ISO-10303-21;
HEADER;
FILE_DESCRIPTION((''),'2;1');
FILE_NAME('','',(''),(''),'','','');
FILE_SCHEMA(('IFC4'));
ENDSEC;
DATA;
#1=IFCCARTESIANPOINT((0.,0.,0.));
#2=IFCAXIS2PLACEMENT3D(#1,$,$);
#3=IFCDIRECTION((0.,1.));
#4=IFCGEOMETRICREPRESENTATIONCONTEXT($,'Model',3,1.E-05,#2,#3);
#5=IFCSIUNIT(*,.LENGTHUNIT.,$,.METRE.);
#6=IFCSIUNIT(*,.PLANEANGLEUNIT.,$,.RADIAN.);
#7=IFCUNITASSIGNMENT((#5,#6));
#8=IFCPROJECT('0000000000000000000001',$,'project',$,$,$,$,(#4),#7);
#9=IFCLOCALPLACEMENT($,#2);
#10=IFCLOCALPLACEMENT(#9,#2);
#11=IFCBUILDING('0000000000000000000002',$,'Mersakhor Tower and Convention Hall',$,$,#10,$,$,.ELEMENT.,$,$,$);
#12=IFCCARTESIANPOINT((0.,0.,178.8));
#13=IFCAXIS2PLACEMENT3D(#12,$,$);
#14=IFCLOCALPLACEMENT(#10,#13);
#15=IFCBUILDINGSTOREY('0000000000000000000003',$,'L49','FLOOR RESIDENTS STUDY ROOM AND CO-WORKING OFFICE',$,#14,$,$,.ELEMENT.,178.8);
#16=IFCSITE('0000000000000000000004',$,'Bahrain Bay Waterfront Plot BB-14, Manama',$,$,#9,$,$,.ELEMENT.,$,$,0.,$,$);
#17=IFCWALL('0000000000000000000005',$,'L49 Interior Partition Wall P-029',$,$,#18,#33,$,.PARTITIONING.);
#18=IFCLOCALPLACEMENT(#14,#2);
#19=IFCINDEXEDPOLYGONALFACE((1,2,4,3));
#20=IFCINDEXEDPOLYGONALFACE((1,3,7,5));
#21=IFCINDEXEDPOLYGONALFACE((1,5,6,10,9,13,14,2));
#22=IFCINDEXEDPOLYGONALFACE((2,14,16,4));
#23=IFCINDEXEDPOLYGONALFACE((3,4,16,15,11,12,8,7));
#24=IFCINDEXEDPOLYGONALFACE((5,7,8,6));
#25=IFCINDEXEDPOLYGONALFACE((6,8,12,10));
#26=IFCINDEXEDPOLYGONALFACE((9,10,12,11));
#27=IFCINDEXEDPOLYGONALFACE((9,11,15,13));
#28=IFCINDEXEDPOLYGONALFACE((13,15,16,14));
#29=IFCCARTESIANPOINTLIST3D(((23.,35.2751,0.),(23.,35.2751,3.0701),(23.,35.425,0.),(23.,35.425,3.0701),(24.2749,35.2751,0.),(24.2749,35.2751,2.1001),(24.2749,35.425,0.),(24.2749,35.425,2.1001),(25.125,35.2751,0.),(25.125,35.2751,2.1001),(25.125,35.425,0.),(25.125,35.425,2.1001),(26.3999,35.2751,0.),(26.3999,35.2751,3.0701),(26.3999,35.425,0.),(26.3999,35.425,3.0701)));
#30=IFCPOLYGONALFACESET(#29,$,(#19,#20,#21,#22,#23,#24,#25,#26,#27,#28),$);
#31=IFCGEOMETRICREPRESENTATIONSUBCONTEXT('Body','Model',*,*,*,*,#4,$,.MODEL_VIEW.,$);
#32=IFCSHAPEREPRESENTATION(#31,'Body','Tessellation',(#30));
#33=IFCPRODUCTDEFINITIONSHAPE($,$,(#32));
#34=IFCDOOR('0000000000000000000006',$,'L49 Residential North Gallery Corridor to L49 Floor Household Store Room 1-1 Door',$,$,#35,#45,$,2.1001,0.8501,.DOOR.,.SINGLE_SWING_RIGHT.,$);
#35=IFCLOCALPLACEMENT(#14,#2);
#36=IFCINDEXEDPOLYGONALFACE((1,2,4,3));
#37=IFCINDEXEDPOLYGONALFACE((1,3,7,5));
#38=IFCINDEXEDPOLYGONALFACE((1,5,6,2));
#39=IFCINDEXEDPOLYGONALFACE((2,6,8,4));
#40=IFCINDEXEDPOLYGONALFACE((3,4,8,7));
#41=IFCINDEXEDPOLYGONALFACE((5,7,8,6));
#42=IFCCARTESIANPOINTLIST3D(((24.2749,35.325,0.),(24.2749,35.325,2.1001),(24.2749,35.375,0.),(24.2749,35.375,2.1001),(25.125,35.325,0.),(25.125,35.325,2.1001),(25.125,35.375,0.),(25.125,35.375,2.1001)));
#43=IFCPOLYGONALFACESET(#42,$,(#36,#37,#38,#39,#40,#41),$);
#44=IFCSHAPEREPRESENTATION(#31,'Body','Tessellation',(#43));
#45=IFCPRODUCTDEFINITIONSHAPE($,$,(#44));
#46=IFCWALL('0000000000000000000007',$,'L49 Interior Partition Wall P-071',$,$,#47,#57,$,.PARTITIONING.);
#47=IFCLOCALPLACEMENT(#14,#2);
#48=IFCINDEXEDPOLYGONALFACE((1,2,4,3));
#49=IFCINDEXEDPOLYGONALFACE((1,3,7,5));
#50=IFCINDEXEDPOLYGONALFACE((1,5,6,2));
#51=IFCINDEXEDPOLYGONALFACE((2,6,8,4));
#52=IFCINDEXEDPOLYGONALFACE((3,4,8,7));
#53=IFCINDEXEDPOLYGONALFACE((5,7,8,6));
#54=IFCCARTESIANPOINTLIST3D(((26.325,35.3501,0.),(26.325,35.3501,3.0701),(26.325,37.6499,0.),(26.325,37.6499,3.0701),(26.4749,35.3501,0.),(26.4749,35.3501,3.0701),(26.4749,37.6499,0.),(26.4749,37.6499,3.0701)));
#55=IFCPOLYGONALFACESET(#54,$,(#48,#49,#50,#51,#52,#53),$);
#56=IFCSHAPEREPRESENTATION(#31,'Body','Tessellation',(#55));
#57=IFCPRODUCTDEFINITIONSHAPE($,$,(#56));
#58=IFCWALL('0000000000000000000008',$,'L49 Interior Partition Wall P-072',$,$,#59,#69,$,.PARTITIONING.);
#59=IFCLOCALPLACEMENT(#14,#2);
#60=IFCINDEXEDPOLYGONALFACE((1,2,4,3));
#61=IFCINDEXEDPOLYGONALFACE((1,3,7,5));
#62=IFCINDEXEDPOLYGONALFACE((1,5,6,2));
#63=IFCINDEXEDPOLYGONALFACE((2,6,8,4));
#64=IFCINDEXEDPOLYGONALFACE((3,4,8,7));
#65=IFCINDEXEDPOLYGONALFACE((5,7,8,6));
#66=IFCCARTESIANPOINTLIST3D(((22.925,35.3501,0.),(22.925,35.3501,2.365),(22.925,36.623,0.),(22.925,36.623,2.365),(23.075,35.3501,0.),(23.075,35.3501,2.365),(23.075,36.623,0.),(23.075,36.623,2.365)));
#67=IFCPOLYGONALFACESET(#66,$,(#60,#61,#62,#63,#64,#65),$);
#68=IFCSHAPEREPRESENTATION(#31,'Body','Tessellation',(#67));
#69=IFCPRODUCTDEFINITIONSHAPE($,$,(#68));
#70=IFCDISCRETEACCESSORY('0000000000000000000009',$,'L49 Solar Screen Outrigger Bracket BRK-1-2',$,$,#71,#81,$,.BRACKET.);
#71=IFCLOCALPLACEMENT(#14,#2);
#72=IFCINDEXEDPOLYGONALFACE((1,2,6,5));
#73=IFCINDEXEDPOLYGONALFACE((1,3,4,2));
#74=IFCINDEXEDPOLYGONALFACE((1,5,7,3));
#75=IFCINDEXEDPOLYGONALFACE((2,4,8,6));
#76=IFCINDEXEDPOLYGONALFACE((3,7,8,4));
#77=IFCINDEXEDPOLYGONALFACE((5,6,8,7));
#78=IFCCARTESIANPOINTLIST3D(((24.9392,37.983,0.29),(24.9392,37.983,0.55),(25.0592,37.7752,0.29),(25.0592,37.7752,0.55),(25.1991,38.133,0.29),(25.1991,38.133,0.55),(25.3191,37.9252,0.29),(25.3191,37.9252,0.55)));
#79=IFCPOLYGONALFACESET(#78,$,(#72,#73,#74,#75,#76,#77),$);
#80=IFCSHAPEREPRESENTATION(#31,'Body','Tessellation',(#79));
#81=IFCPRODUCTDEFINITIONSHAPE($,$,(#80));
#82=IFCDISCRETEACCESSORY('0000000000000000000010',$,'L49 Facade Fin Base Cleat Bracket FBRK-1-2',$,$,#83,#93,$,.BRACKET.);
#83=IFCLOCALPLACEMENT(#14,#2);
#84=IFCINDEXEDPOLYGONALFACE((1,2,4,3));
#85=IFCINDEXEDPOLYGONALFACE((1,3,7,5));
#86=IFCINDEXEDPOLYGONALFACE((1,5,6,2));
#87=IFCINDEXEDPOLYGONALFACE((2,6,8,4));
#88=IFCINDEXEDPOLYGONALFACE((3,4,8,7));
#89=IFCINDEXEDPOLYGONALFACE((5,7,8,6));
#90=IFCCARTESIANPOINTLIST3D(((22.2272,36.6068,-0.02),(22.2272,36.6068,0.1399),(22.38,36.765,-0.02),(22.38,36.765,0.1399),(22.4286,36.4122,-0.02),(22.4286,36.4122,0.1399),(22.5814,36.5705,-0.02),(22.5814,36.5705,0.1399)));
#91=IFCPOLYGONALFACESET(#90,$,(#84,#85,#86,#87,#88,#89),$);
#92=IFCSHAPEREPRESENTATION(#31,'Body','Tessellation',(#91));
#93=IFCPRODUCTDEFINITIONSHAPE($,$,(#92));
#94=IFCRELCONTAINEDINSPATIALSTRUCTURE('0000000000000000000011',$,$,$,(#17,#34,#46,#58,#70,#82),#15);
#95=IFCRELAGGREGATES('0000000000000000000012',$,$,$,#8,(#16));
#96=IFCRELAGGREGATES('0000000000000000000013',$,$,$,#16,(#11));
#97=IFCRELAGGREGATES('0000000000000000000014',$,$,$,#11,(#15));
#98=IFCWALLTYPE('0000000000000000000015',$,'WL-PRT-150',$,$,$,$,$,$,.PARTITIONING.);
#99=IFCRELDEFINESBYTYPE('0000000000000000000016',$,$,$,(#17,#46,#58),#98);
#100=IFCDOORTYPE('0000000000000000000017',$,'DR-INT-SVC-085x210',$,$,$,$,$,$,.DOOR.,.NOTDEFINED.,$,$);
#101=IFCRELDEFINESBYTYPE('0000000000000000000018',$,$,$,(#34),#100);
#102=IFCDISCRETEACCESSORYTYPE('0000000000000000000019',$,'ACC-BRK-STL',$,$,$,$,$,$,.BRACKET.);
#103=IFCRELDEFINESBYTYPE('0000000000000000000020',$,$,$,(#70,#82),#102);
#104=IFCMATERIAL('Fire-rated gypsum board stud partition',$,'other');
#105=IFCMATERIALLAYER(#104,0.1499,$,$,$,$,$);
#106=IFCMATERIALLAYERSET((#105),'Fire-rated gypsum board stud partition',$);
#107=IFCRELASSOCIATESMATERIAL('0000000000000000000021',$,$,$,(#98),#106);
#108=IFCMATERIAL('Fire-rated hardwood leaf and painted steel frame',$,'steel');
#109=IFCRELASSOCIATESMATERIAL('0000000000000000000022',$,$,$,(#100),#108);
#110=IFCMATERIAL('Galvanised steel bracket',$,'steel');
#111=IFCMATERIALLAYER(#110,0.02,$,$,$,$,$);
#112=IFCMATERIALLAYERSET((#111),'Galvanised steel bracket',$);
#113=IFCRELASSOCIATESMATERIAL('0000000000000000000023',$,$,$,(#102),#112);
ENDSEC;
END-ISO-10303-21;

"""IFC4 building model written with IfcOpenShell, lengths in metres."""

from ifc_helpers import new_model, si_unit, direction, frame, frame_2d, origin, origin_2d, place, context, subcontext, project, spatial, rectangle, extrude, material, layer, layer_set, type_object, element, fill, save


model = new_model("IFC4")

# Units and contexts
model_context = context("Model", 3, precision=1e-05, world=origin(), true_north=direction((0.0, 1.0)))
body_context = subcontext(model_context, "Body", "Model", "MODEL_VIEW")
ifc_project = project(units=[si_unit("LENGTHUNIT", "METRE"), si_unit("PLANEANGLEUNIT", "RADIAN")], contexts=[model_context])

# Site, building, storey
site_placement = place(None, origin())
site = spatial("IfcSite", under=ifc_project, at=site_placement, Name="Bahrain Bay Waterfront Plot BB-14, Manama", CompositionType="ELEMENT", RefElevation=0.0)
building_placement = place(site_placement, origin())
building = spatial("IfcBuilding", under=site, at=building_placement, Name="Mersakhor Tower and Convention Hall", CompositionType="ELEMENT")
storey_placement = place(building_placement, frame((0.0, 0.0, 178.8)))
storey = spatial("IfcBuildingStorey", under=building, at=storey_placement, Name="L49", Description="FLOOR RESIDENTS STUDY ROOM AND CO-WORKING OFFICE", CompositionType="ELEMENT", Elevation=178.8)

# Shared definitions
ifc_material_1 = material(Name="Fire-rated gypsum board stud partition", Category="other")
ifc_layer_1 = layer(ifc_material_1, 0.1499)
ifc_layer_set_1 = layer_set([ifc_layer_1], Name="Fire-rated gypsum board stud partition")
wall_type_1 = type_object("IfcWallType", Name="WL-PRT-150", PredefinedType="PARTITIONING", material=ifc_layer_set_1)

# Wall, opening, door
wall_1_placement = place(storey_placement, frame((23.0, 35.3501, 0.0), z_axis=(0.0, 0.0, 1.0), x_axis=(1.0, 0.0, 0.0)))
wall_1 = element("IfcWall", 1, at=wall_1_placement, inside=storey, type_object=wall_type_1, Name="L49 Interior Partition Wall P-029", PredefinedType="PARTITIONING", context=body_context, shape_type="SweptSolid", body=[
    extrude(rectangle(XDim=3.3999, YDim=0.1499, at=frame_2d((1.7, 0.0))), origin(), (0.0, 0.0, 1.0), 3.0701),
])
opening_1_placement = place(wall_1_placement, frame((1.2749, 0.0, 0.0)))
opening_1 = element("IfcOpeningElement", 2, at=opening_1_placement, cuts=wall_1, PredefinedType="OPENING", context=body_context, shape_type="SweptSolid", body=[
    extrude(rectangle(XDim=0.8501, YDim=2.1001, at=frame_2d((0.425, 1.05))), frame((0.0, 0.085, 0.0), z_axis=(0.0, -1.0, 0.0), x_axis=(1.0, 0.0, 0.0)), (0.0, 0.0, 1.0), 0.1699),
])
ifc_material_2 = material(Name="Fire-rated hardwood leaf and painted steel frame", Category="steel")
door_type_1 = type_object("IfcDoorType", Name="DR-INT-SVC-085x210", OperationType="NOTDEFINED", PredefinedType="DOOR", material=ifc_material_2)
door_1_placement = place(opening_1_placement, origin())
door_1 = element("IfcDoor", 3, at=door_1_placement, inside=storey, type_object=door_type_1, Name="L49 Residential North Gallery Corridor to L49 Floor Household Store Room 1-1 Door", OperationType="SINGLE_SWING_RIGHT", OverallHeight=2.1001, OverallWidth=0.8501, PredefinedType="DOOR", context=body_context, shape_type="SweptSolid", body=[
    extrude(rectangle(XDim=0.8501, YDim=2.1001, at=frame_2d((0.425, 1.05))), frame((0.0, 0.0249, 0.0), z_axis=(0.0, -1.0, 0.0), x_axis=(1.0, 0.0, 0.0)), (0.0, 0.0, 1.0), 0.05),
])
fill(opening_1, door_1)

# Walls
wall_2_placement = place(storey_placement, frame((26.3999, 37.6499, 0.0), z_axis=(0.0, 0.0, 1.0), x_axis=(0.0, -1.0, 0.0)))
element("IfcWall", 4, at=wall_2_placement, inside=storey, type_object=wall_type_1, Name="L49 Interior Partition Wall P-071", PredefinedType="PARTITIONING", context=body_context, shape_type="SweptSolid", body=[
    extrude(rectangle(XDim=2.2998, YDim=0.1499, at=frame_2d((1.1499, 0.0))), origin(), (0.0, 0.0, 1.0), 3.0701),
])
wall_3_placement = place(storey_placement, frame((23.0, 35.3501, 0.0), z_axis=(0.0, 0.0, 1.0), x_axis=(0.0, 1.0, 0.0)))
element("IfcWall", 5, at=wall_3_placement, inside=storey, type_object=wall_type_1, Name="L49 Interior Partition Wall P-072", PredefinedType="PARTITIONING", context=body_context, shape_type="SweptSolid", body=[
    extrude(rectangle(XDim=1.2729, YDim=0.1499, at=frame_2d((0.6365, 0.0))), origin(), (0.0, 0.0, 1.0), 2.365),
])

# Discrete accessories
ifc_material_3 = material(Name="Galvanised steel bracket", Category="steel")
ifc_layer_2 = layer(ifc_material_3, 0.02)
ifc_layer_set_2 = layer_set([ifc_layer_2], Name="Galvanised steel bracket")
discrete_accessory_type = type_object("IfcDiscreteAccessoryType", Name="ACC-BRK-STL", PredefinedType="BRACKET", material=ifc_layer_set_2)
discrete_accessory_1_placement = place(storey_placement, frame((25.1292, 37.9541, 0.29), z_axis=(0.0, 0.0, 1.0), x_axis=(0.866025, 0.5, 0.0)))
element("IfcDiscreteAccessory", 6, at=discrete_accessory_1_placement, inside=storey, type_object=discrete_accessory_type, Name="L49 Solar Screen Outrigger Bracket BRK-1-2", PredefinedType="BRACKET", context=body_context, shape_type="SweptSolid", body=[
    extrude(rectangle(XDim=0.3, YDim=0.24, at=origin_2d()), origin(), (0.0, 0.0, 1.0), 0.26),
])
discrete_accessory_2_placement = place(storey_placement, frame((22.4043, 36.5886, -0.02), z_axis=(0.0, 0.0, 1.0), x_axis=(-0.71934, 0.694658, 0.0)))
element("IfcDiscreteAccessory", 7, at=discrete_accessory_2_placement, inside=storey, type_object=discrete_accessory_type, Name="L49 Facade Fin Base Cleat Bracket FBRK-1-2", PredefinedType="BRACKET", context=body_context, shape_type="SweptSolid", body=[
    extrude(rectangle(XDim=0.28, YDim=0.22, at=origin_2d()), origin(), (0.0, 0.0, 1.0), 0.1599),
])

save(model, "model.ifc")
